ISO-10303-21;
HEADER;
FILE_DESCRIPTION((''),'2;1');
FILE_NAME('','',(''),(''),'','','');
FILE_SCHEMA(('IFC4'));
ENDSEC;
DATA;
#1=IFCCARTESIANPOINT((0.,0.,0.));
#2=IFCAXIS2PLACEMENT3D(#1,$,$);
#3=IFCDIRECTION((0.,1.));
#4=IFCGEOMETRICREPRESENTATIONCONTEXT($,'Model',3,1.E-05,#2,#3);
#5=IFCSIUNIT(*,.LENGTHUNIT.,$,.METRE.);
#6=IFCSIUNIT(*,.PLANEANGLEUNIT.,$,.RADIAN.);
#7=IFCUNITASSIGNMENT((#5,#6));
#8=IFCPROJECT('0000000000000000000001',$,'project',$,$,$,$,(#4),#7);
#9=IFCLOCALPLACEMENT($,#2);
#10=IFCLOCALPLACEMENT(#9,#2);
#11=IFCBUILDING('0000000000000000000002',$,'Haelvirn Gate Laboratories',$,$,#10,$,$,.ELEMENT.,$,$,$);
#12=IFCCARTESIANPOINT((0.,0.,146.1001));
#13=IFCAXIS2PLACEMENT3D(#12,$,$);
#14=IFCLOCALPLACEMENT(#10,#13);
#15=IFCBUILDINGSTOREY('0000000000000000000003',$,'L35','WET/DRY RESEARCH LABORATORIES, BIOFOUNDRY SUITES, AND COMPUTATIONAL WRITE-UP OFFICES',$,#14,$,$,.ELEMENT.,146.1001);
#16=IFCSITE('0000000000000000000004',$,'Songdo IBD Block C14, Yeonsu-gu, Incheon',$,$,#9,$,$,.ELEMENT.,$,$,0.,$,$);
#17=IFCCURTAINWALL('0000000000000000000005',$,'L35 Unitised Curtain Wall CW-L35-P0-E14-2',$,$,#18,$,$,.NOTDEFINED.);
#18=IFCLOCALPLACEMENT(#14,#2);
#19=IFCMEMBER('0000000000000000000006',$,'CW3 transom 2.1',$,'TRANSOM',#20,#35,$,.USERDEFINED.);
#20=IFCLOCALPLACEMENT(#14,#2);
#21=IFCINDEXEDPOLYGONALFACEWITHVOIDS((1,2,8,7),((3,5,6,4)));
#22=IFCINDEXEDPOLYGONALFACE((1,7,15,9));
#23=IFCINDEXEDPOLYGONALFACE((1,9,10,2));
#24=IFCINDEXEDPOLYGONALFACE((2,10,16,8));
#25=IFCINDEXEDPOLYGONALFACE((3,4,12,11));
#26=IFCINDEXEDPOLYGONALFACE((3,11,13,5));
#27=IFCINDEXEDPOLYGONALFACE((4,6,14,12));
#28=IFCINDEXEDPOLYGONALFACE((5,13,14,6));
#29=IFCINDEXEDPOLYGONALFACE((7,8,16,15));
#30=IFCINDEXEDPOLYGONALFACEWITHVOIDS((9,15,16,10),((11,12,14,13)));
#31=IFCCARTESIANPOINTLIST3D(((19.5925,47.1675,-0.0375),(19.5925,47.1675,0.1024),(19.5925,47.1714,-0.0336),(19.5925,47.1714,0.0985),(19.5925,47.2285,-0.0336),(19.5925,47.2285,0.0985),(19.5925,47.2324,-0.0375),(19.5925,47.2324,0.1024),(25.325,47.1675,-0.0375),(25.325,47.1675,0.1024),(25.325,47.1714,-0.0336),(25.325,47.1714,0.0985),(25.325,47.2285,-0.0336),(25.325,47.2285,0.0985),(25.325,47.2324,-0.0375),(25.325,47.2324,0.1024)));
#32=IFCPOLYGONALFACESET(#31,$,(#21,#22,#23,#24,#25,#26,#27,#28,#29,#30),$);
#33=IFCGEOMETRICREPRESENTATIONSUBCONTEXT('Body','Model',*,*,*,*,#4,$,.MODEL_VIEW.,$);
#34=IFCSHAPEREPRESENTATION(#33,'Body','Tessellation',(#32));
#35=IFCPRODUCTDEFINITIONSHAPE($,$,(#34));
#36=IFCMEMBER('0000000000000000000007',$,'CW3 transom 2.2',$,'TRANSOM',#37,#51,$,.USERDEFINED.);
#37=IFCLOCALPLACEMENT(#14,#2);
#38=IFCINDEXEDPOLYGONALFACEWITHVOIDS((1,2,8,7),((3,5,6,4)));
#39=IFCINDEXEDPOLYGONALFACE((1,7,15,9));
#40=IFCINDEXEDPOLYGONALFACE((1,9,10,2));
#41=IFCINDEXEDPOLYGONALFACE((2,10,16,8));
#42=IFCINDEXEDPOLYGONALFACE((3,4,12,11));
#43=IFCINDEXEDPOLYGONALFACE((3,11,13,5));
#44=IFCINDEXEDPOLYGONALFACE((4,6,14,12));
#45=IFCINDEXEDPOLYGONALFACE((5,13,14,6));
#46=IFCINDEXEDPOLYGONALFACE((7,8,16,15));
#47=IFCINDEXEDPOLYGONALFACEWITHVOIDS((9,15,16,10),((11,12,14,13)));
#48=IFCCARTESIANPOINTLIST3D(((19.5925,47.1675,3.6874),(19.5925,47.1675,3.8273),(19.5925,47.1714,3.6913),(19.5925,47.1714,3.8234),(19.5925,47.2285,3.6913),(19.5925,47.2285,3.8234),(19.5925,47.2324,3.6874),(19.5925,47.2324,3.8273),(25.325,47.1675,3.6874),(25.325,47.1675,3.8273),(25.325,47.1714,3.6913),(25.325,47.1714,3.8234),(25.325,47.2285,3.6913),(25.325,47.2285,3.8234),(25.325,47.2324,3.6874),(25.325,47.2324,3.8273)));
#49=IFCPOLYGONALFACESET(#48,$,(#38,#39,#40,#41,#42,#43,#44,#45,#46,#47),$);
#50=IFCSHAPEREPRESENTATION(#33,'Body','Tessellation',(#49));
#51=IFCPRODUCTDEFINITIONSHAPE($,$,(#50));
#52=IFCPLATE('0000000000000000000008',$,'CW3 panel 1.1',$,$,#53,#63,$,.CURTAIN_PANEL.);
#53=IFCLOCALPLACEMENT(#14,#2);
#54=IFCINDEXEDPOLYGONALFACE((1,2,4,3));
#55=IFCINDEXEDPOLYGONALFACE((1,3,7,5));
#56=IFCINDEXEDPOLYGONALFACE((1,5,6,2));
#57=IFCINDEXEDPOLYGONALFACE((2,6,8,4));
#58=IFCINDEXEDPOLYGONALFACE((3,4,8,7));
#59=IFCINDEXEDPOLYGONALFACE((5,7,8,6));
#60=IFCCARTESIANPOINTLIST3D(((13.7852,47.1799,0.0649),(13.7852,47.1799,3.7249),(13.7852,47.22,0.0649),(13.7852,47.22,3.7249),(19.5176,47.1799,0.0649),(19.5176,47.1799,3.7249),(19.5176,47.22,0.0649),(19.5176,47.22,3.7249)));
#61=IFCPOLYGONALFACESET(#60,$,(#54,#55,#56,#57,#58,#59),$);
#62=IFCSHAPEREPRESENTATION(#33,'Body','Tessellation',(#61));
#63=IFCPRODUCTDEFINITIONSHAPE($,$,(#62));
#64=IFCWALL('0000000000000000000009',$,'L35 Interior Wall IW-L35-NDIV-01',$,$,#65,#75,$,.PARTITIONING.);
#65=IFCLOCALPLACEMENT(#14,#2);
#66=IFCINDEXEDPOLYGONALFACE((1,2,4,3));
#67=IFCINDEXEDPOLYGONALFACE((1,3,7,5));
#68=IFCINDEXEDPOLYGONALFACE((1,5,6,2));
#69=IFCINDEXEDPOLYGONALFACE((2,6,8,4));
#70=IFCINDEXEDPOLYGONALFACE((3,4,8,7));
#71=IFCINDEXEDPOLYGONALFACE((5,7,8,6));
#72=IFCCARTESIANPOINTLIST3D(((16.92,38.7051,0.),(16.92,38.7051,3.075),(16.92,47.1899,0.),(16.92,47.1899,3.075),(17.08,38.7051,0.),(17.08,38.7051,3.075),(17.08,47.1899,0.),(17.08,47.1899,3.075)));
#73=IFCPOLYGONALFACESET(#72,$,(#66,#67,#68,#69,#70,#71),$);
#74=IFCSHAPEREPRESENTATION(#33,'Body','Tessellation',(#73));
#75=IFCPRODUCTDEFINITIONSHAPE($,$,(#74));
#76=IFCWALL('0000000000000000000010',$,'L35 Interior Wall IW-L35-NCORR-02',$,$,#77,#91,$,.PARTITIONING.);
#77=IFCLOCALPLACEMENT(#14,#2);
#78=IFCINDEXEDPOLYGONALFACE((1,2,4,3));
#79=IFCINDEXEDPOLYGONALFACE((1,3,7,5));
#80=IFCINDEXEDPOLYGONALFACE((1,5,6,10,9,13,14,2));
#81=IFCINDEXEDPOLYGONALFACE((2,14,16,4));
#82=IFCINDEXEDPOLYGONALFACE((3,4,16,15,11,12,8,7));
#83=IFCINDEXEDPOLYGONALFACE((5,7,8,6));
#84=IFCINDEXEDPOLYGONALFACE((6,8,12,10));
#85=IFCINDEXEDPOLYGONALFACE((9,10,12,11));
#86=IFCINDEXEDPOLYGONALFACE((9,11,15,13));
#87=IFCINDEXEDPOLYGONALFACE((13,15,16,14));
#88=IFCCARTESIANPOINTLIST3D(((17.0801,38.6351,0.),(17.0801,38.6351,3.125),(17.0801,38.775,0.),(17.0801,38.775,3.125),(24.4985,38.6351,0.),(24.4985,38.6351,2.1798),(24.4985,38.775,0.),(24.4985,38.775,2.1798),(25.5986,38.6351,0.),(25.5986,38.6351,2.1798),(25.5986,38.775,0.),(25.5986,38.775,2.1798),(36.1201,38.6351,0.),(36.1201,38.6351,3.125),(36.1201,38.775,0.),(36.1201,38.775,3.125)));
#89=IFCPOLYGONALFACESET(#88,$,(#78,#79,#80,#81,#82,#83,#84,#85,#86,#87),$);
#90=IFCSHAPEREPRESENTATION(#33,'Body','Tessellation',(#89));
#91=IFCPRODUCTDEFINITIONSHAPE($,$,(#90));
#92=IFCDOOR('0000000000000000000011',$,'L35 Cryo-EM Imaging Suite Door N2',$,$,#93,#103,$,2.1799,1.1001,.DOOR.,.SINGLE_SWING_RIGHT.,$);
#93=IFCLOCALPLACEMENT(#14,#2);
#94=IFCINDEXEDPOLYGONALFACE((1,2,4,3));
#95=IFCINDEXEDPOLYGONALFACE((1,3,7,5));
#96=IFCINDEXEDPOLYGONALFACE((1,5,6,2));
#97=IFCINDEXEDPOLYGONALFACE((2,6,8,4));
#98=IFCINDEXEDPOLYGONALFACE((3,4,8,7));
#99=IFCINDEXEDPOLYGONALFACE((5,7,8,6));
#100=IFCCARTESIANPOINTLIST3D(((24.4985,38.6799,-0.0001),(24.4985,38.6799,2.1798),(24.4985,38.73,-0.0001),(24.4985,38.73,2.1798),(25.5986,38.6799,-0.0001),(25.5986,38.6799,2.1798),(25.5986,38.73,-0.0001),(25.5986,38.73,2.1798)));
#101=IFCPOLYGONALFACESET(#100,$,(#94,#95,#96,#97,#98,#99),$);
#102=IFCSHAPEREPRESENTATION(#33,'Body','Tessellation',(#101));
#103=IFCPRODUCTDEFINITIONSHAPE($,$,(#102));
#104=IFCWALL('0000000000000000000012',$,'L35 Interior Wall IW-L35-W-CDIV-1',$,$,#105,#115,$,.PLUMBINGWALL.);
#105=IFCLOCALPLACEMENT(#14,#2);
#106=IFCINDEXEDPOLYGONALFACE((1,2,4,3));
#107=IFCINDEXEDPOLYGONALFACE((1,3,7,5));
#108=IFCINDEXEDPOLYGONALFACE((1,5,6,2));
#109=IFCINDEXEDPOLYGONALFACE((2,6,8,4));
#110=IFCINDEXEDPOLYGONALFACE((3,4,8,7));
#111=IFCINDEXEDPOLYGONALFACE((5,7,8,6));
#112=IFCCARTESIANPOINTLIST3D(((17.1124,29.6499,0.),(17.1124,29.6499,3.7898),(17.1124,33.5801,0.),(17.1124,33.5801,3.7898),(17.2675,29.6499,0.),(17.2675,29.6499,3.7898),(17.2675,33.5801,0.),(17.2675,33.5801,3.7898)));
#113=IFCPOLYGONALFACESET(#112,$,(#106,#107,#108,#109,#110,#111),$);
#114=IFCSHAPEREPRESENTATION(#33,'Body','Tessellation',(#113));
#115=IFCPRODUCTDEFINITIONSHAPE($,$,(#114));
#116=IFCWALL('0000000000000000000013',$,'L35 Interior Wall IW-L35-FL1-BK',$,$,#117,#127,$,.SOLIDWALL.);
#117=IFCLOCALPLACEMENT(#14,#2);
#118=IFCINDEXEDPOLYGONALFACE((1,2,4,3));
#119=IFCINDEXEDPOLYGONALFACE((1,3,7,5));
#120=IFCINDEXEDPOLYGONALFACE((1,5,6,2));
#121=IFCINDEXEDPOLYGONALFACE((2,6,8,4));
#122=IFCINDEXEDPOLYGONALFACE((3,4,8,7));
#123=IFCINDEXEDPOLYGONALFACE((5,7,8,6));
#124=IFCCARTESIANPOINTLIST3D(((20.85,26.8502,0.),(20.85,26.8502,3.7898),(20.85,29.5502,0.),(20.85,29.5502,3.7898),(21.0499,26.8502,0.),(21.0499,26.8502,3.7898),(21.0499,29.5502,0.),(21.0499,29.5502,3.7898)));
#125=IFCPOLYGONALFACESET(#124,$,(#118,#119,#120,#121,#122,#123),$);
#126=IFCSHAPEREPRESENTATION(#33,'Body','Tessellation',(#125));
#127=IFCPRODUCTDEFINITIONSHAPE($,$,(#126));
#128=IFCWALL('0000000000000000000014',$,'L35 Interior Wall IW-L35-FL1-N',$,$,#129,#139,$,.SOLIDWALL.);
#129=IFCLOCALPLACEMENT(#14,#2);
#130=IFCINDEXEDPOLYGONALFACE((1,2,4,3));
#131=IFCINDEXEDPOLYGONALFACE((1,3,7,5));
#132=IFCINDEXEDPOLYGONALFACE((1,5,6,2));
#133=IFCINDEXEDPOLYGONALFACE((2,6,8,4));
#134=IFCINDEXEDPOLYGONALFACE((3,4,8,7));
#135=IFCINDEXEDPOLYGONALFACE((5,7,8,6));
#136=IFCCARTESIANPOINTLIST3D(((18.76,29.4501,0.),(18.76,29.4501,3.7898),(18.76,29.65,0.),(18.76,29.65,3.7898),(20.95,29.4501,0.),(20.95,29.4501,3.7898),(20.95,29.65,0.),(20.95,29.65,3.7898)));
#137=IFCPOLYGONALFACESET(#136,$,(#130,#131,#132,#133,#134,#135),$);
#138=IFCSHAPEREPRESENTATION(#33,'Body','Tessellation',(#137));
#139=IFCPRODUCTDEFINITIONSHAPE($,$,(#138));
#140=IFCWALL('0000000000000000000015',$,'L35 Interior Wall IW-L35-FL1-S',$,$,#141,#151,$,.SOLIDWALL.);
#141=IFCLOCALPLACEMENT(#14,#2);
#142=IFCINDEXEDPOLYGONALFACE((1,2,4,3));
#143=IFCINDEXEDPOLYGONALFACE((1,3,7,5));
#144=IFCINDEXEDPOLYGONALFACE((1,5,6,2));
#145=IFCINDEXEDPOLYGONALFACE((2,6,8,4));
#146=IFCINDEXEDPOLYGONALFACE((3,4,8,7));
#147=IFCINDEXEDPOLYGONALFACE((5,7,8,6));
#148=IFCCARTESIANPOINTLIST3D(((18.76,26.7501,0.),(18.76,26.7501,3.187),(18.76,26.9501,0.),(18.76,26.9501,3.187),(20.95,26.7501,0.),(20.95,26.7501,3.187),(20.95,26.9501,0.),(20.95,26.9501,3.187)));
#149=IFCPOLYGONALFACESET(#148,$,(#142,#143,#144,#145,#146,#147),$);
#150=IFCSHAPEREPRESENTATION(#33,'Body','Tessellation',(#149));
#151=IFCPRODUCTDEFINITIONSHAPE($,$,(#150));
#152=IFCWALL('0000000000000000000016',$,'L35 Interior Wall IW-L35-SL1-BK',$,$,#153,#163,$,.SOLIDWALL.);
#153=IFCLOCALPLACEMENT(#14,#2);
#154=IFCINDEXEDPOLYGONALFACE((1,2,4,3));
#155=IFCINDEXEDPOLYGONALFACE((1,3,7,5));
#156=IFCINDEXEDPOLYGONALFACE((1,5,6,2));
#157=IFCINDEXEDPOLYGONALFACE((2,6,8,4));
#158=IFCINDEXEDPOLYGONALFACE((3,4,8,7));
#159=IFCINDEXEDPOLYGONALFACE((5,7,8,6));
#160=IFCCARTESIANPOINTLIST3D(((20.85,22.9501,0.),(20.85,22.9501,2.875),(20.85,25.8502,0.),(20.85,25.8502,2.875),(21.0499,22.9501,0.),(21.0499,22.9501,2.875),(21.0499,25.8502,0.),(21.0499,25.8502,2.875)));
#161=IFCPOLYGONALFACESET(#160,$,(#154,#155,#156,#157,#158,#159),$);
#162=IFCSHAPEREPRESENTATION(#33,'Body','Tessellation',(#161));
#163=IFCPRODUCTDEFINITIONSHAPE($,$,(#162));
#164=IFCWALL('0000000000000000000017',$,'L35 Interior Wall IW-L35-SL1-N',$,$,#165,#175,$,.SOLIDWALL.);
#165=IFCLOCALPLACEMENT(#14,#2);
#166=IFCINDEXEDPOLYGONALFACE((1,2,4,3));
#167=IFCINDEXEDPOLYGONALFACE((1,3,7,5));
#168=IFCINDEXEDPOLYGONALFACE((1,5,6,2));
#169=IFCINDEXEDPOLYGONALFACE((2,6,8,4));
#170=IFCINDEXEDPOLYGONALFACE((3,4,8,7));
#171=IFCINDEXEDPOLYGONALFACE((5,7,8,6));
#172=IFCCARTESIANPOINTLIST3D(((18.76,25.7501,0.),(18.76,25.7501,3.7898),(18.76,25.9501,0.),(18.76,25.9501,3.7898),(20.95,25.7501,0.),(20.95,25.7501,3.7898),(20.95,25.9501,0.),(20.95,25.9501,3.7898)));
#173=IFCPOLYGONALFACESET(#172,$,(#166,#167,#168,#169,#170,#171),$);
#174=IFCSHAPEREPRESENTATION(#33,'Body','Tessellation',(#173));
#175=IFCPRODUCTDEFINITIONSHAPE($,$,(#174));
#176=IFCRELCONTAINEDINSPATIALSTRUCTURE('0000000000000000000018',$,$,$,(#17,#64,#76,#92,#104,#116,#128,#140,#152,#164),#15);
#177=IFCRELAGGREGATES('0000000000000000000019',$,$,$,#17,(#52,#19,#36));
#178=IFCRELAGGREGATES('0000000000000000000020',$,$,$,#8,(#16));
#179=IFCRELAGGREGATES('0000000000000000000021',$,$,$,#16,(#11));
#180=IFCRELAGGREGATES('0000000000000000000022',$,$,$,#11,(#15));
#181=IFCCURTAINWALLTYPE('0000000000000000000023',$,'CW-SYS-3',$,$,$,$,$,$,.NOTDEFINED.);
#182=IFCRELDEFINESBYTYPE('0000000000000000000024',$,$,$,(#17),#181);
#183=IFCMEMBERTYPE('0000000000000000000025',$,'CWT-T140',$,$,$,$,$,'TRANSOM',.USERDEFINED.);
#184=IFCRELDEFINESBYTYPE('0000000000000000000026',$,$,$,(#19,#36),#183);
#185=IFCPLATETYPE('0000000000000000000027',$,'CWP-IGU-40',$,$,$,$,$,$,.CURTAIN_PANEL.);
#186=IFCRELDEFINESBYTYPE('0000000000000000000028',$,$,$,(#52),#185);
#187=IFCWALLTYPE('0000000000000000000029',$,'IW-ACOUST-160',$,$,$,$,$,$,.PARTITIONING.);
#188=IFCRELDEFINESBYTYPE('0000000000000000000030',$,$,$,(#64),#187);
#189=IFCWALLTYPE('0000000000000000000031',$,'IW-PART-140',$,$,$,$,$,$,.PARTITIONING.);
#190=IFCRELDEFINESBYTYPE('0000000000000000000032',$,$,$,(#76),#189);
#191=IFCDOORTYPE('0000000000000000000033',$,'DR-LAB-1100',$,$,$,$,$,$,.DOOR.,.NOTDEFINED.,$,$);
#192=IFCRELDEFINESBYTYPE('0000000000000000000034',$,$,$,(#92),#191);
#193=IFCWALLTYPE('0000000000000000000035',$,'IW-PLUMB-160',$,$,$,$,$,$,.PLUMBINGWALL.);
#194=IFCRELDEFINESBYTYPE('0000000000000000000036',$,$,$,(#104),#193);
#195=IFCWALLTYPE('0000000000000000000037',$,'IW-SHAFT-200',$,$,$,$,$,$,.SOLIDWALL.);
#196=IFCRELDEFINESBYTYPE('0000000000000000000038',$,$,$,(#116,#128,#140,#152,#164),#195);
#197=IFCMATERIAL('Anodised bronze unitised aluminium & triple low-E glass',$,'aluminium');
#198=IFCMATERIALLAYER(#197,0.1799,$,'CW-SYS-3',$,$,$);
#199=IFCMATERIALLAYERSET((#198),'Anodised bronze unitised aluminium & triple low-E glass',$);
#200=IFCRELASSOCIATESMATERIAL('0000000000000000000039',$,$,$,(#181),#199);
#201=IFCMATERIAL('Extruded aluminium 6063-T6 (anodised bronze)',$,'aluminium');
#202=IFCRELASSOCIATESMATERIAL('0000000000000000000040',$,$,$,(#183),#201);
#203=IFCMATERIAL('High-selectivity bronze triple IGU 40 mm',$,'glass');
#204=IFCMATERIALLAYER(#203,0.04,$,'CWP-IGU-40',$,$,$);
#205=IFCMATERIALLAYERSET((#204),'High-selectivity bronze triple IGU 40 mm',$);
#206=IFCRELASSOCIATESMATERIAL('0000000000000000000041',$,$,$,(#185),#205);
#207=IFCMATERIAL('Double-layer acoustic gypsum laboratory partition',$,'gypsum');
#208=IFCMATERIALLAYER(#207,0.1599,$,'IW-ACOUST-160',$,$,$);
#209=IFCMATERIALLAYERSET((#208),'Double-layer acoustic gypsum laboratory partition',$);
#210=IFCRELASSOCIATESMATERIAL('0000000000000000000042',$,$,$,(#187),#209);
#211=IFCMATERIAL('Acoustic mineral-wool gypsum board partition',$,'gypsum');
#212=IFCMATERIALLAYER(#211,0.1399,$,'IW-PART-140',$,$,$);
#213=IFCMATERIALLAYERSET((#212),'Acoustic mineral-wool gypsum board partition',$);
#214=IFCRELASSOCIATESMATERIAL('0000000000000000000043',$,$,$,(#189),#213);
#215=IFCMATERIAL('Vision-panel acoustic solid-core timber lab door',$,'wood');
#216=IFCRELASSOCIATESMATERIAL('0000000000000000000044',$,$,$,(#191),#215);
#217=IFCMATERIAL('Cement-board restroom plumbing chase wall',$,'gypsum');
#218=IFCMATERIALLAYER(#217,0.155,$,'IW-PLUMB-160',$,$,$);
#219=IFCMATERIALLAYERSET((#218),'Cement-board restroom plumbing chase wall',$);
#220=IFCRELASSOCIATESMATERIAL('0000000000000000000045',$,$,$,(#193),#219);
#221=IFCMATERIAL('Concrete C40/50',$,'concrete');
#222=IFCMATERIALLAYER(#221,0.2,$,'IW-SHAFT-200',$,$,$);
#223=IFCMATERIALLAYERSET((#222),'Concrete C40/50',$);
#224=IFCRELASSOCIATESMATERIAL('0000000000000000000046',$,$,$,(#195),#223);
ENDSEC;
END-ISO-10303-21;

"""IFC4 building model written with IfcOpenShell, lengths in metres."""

from ifc_helpers import new_model, si_unit, direction, frame, frame_2d, origin, origin_2d, place, context, subcontext, project, spatial, rectangle, hollow_rectangle, extrude, source, transform, mapped, material, layer, layer_set, material_profile, profile_set, type_object, type_shapes, element, fill, aggregate, save


model = new_model("IFC4")

# Units and contexts
model_context = context("Model", 3, precision=1e-05, world=origin(), true_north=direction((0.0, 1.0)))
body_context = subcontext(model_context, "Body", "Model", "MODEL_VIEW")
ifc_project = project(units=[si_unit("LENGTHUNIT", "METRE"), si_unit("PLANEANGLEUNIT", "RADIAN")], contexts=[model_context])

# Site, building, storey
site_placement = place(None, origin())
site = spatial("IfcSite", under=ifc_project, at=site_placement, Name="Songdo IBD Block C14, Yeonsu-gu, Incheon", CompositionType="ELEMENT", RefElevation=0.0)
building_placement = place(site_placement, origin())
building = spatial("IfcBuilding", under=site, at=building_placement, Name="Haelvirn Gate Laboratories", CompositionType="ELEMENT")
storey_placement = place(building_placement, frame((0.0, 0.0, 146.1001)))
storey = spatial("IfcBuildingStorey", under=building, at=storey_placement, Name="L35", Description="WET/DRY RESEARCH LABORATORIES, BIOFOUNDRY SUITES, AND COMPUTATIONAL WRITE-UP OFFICES", CompositionType="ELEMENT", Elevation=146.1001)

# Curtain wall, members, plate
ifc_material_1 = material(Name="Anodised bronze unitised aluminium & triple low-E glass", Category="aluminium")
ifc_layer_1 = layer(ifc_material_1, 0.1799, Name="CW-SYS-3")
ifc_layer_set_1 = layer_set([ifc_layer_1], Name="Anodised bronze unitised aluminium & triple low-E glass")
curtain_wall_type = type_object("IfcCurtainWallType", Name="CW-SYS-3", PredefinedType="NOTDEFINED", material=ifc_layer_set_1)
curtain_wall_placement = place(storey_placement, origin())
curtain_wall = element("IfcCurtainWall", 1, at=curtain_wall_placement, inside=storey, type_object=curtain_wall_type, Name="L35 Unitised Curtain Wall CW-L35-P0-E14-2", PredefinedType="NOTDEFINED")
ifc_material_2 = material(Name="Extruded aluminium 6063-T6 (anodised bronze)", Category="aluminium")
ifc_material_profile_1 = material_profile(ifc_material_2, hollow_rectangle(XDim=0.0649, YDim=0.1399, WallThickness=0.0039, at=origin_2d()), Name="CWT-140x65x4")
ifc_profile_set_1 = profile_set([ifc_material_profile_1], Name="Extruded aluminium 6063-T6 (anodised bronze)")
member_type_1 = type_object("IfcMemberType", Name="CWT-T140", ElementType="TRANSOM", PredefinedType="USERDEFINED", material=ifc_profile_set_1)
shared_shape_1 = source(origin(), body_context, "Body", "SweptSolid", [
    extrude(hollow_rectangle(XDim=0.0649, YDim=0.1399, WallThickness=0.0039, at=origin_2d()), origin(), (0.0, 0.0, 1.0), 5.7324),
])
member_1_placement = place(storey_placement, frame((19.5925, 47.2, 0.0325), z_axis=(1.0, 0.0, 0.0), x_axis=(0.0, 1.0, 0.0)))
member_1 = element("IfcMember", 2, at=member_1_placement, type_object=member_type_1, Name="CW3 transom 2.1", ObjectType="TRANSOM", PredefinedType="USERDEFINED", context=body_context, shape_type="MappedRepresentation", body=[
    mapped(shared_shape_1, transform((0.0, 0.0, 0.0), scale=1.0)),
])
member_2_placement = place(storey_placement, frame((19.5925, 47.2, 3.7573), z_axis=(1.0, 0.0, 0.0), x_axis=(0.0, 1.0, 0.0)))
member_2 = element("IfcMember", 3, at=member_2_placement, type_object=member_type_1, Name="CW3 transom 2.2", ObjectType="TRANSOM", PredefinedType="USERDEFINED", context=body_context, shape_type="MappedRepresentation", body=[
    mapped(shared_shape_1, transform((0.0, 0.0, 0.0), scale=1.0)),
])
ifc_material_3 = material(Name="High-selectivity bronze triple IGU 40 mm", Category="glass")
ifc_layer_2 = layer(ifc_material_3, 0.04, Name="CWP-IGU-40")
ifc_layer_set_2 = layer_set([ifc_layer_2], Name="High-selectivity bronze triple IGU 40 mm")
plate_type = type_object("IfcPlateType", Name="CWP-IGU-40", PredefinedType="CURTAIN_PANEL", material=ifc_layer_set_2)
shared_shape_2 = source(origin(), body_context, "Body", "SweptSolid", [
    extrude(rectangle(XDim=5.7324, YDim=0.04, at=origin_2d()), origin(), (0.0, 0.0, 1.0), 3.6599),
])
type_shapes(plate_type, [shared_shape_2])
plate_placement = place(storey_placement, frame((16.6514, 47.2, 0.0649), z_axis=(0.0, 0.0, 1.0), x_axis=(1.0, 0.0, 0.0)))
plate = element("IfcPlate", 4, at=plate_placement, type_object=plate_type, Name="CW3 panel 1.1", PredefinedType="CURTAIN_PANEL", context=body_context, shape_type="MappedRepresentation", body=[
    mapped(shared_shape_2, transform((0.0, 0.0, 0.0), scale=1.0)),
])
aggregate(curtain_wall, [plate, member_1, member_2])

# Wall
ifc_material_4 = material(Name="Double-layer acoustic gypsum laboratory partition", Category="gypsum")
ifc_layer_3 = layer(ifc_material_4, 0.1599, Name="IW-ACOUST-160")
ifc_layer_set_3 = layer_set([ifc_layer_3], Name="Double-layer acoustic gypsum laboratory partition")
wall_type_1 = type_object("IfcWallType", Name="IW-ACOUST-160", PredefinedType="PARTITIONING", material=ifc_layer_set_3)
wall_1_placement = place(storey_placement, frame((17.0, 38.7051, 0.0), z_axis=(0.0, 0.0, 1.0), x_axis=(0.0, 1.0, 0.0)))
element("IfcWall", 5, at=wall_1_placement, inside=storey, type_object=wall_type_1, Name="L35 Interior Wall IW-L35-NDIV-01", PredefinedType="PARTITIONING", context=body_context, shape_type="SweptSolid", body=[
    extrude(rectangle(XDim=8.4849, YDim=0.1599, at=frame_2d((4.2424, 0.0))), origin(), (0.0, 0.0, 1.0), 3.075),
])

# Wall, opening, door
ifc_material_5 = material(Name="Acoustic mineral-wool gypsum board partition", Category="gypsum")
ifc_layer_4 = layer(ifc_material_5, 0.1399, Name="IW-PART-140")
ifc_layer_set_4 = layer_set([ifc_layer_4], Name="Acoustic mineral-wool gypsum board partition")
wall_type_2 = type_object("IfcWallType", Name="IW-PART-140", PredefinedType="PARTITIONING", material=ifc_layer_set_4)
wall_2_placement = place(storey_placement, frame((17.0801, 38.7051, 0.0), z_axis=(0.0, 0.0, 1.0), x_axis=(1.0, 0.0, 0.0)))
wall_2 = element("IfcWall", 6, at=wall_2_placement, inside=storey, type_object=wall_type_2, Name="L35 Interior Wall IW-L35-NCORR-02", PredefinedType="PARTITIONING", context=body_context, shape_type="SweptSolid", body=[
    extrude(rectangle(XDim=19.04, YDim=0.1399, at=frame_2d((9.52, 0.0))), origin(), (0.0, 0.0, 1.0), 3.125),
])
opening_1_placement = place(wall_2_placement, frame((7.4185, 0.0, 0.0)))
opening_1 = element("IfcOpeningElement", 7, at=opening_1_placement, cuts=wall_2, PredefinedType="OPENING", context=body_context, shape_type="SweptSolid", body=[
    extrude(rectangle(XDim=1.1001, YDim=2.1799, at=frame_2d((0.55, 1.0898))), frame((0.0, 0.0801, 0.0), z_axis=(0.0, -1.0, 0.0), x_axis=(1.0, 0.0, 0.0)), (0.0, 0.0, 1.0), 0.1599),
])
ifc_material_6 = material(Name="Vision-panel acoustic solid-core timber lab door", Category="wood")
door_type_1 = type_object("IfcDoorType", Name="DR-LAB-1100", OperationType="NOTDEFINED", PredefinedType="DOOR", material=ifc_material_6)
shared_shape_3 = source(origin(), body_context, "Body", "SweptSolid", [
    extrude(rectangle(XDim=1.1001, YDim=2.1799, at=frame_2d((0.55, 1.0898))), frame((0.0, 0.0249, 0.0), z_axis=(0.0, -1.0, 0.0), x_axis=(1.0, 0.0, 0.0)), (0.0, 0.0, 1.0), 0.05),
])
type_shapes(door_type_1, [shared_shape_3])
door_1_placement = place(opening_1_placement, origin())
door_1 = element("IfcDoor", 8, at=door_1_placement, inside=storey, type_object=door_type_1, Name="L35 Cryo-EM Imaging Suite Door N2", OperationType="SINGLE_SWING_RIGHT", OverallHeight=2.1799, OverallWidth=1.1001, PredefinedType="DOOR", context=body_context, shape_type="MappedRepresentation", body=[
    mapped(shared_shape_3, transform((0.0, 0.0, 0.0), scale=1.0)),
])
fill(opening_1, door_1)

# Walls
ifc_material_7 = material(Name="Cement-board restroom plumbing chase wall", Category="gypsum")
ifc_layer_5 = layer(ifc_material_7, 0.155, Name="IW-PLUMB-160")
ifc_layer_set_5 = layer_set([ifc_layer_5], Name="Cement-board restroom plumbing chase wall")
wall_type_3 = type_object("IfcWallType", Name="IW-PLUMB-160", PredefinedType="PLUMBINGWALL", material=ifc_layer_set_5)
wall_3_placement = place(storey_placement, frame((17.1899, 29.6499, 0.0), z_axis=(0.0, 0.0, 1.0), x_axis=(0.0, 1.0, 0.0)))
element("IfcWall", 9, at=wall_3_placement, inside=storey, type_object=wall_type_3, Name="L35 Interior Wall IW-L35-W-CDIV-1", PredefinedType="PLUMBINGWALL", context=body_context, shape_type="SweptSolid", body=[
    extrude(rectangle(XDim=3.9302, YDim=0.155, at=frame_2d((1.9651, 0.0))), origin(), (0.0, 0.0, 1.0), 3.7898),
])
ifc_material_8 = material(Name="Concrete C40/50", Category="concrete")
ifc_layer_6 = layer(ifc_material_8, 0.2, Name="IW-SHAFT-200")
ifc_layer_set_6 = layer_set([ifc_layer_6], Name="Concrete C40/50")
wall_type_4 = type_object("IfcWallType", Name="IW-SHAFT-200", PredefinedType="SOLIDWALL", material=ifc_layer_set_6)
wall_4_placement = place(storey_placement, frame((20.95, 26.8501, 0.0), z_axis=(0.0, 0.0, 1.0), x_axis=(0.0, 1.0, 0.0)))
element("IfcWall", 10, at=wall_4_placement, inside=storey, type_object=wall_type_4, Name="L35 Interior Wall IW-L35-FL1-BK", PredefinedType="SOLIDWALL", context=body_context, shape_type="SweptSolid", body=[
    extrude(rectangle(XDim=2.7, YDim=0.2, at=frame_2d((1.3501, 0.0))), origin(), (0.0, 0.0, 1.0), 3.7898),
])
wall_5_placement = place(storey_placement, frame((18.76, 29.55, 0.0), z_axis=(0.0, 0.0, 1.0), x_axis=(1.0, 0.0, 0.0)))
element("IfcWall", 11, at=wall_5_placement, inside=storey, type_object=wall_type_4, Name="L35 Interior Wall IW-L35-FL1-N", PredefinedType="SOLIDWALL", context=body_context, shape_type="SweptSolid", body=[
    extrude(rectangle(XDim=2.1899, YDim=0.2, at=frame_2d((1.095, 0.0))), origin(), (0.0, 0.0, 1.0), 3.7898),
])
wall_6_placement = place(storey_placement, frame((18.76, 26.8501, 0.0), z_axis=(0.0, 0.0, 1.0), x_axis=(1.0, 0.0, 0.0)))
element("IfcWall", 12, at=wall_6_placement, inside=storey, type_object=wall_type_4, Name="L35 Interior Wall IW-L35-FL1-S", PredefinedType="SOLIDWALL", context=body_context, shape_type="SweptSolid", body=[
    extrude(rectangle(XDim=2.1899, YDim=0.2, at=frame_2d((1.095, 0.0))), origin(), (0.0, 0.0, 1.0), 3.187),
])
wall_7_placement = place(storey_placement, frame((20.95, 22.95, 0.0), z_axis=(0.0, 0.0, 1.0), x_axis=(0.0, 1.0, 0.0)))
element("IfcWall", 13, at=wall_7_placement, inside=storey, type_object=wall_type_4, Name="L35 Interior Wall IW-L35-SL1-BK", PredefinedType="SOLIDWALL", context=body_context, shape_type="SweptSolid", body=[
    extrude(rectangle(XDim=2.9001, YDim=0.2, at=frame_2d((1.4502, 0.0))), origin(), (0.0, 0.0, 1.0), 2.875),
])
for number, where, z_axis, x_axis, name in (
    (14, (18.76, 25.8501, 0.0), (0.0, 0.0, 1.0), (1.0, 0.0, 0.0), "L35 Interior Wall IW-L35-SL1-N"),
):
    element("IfcWall", number, at=place(storey_placement, frame(where, z_axis=z_axis, x_axis=x_axis)), inside=storey, type_object=wall_type_4, Name=name, PredefinedType="SOLIDWALL", context=body_context, shape_type="SweptSolid", body=[
        extrude(rectangle(XDim=2.1899, YDim=0.2, at=frame_2d((1.095, 0.0))), origin(), (0.0, 0.0, 1.0), 3.7898),
    ])

save(model, "model.ifc")
